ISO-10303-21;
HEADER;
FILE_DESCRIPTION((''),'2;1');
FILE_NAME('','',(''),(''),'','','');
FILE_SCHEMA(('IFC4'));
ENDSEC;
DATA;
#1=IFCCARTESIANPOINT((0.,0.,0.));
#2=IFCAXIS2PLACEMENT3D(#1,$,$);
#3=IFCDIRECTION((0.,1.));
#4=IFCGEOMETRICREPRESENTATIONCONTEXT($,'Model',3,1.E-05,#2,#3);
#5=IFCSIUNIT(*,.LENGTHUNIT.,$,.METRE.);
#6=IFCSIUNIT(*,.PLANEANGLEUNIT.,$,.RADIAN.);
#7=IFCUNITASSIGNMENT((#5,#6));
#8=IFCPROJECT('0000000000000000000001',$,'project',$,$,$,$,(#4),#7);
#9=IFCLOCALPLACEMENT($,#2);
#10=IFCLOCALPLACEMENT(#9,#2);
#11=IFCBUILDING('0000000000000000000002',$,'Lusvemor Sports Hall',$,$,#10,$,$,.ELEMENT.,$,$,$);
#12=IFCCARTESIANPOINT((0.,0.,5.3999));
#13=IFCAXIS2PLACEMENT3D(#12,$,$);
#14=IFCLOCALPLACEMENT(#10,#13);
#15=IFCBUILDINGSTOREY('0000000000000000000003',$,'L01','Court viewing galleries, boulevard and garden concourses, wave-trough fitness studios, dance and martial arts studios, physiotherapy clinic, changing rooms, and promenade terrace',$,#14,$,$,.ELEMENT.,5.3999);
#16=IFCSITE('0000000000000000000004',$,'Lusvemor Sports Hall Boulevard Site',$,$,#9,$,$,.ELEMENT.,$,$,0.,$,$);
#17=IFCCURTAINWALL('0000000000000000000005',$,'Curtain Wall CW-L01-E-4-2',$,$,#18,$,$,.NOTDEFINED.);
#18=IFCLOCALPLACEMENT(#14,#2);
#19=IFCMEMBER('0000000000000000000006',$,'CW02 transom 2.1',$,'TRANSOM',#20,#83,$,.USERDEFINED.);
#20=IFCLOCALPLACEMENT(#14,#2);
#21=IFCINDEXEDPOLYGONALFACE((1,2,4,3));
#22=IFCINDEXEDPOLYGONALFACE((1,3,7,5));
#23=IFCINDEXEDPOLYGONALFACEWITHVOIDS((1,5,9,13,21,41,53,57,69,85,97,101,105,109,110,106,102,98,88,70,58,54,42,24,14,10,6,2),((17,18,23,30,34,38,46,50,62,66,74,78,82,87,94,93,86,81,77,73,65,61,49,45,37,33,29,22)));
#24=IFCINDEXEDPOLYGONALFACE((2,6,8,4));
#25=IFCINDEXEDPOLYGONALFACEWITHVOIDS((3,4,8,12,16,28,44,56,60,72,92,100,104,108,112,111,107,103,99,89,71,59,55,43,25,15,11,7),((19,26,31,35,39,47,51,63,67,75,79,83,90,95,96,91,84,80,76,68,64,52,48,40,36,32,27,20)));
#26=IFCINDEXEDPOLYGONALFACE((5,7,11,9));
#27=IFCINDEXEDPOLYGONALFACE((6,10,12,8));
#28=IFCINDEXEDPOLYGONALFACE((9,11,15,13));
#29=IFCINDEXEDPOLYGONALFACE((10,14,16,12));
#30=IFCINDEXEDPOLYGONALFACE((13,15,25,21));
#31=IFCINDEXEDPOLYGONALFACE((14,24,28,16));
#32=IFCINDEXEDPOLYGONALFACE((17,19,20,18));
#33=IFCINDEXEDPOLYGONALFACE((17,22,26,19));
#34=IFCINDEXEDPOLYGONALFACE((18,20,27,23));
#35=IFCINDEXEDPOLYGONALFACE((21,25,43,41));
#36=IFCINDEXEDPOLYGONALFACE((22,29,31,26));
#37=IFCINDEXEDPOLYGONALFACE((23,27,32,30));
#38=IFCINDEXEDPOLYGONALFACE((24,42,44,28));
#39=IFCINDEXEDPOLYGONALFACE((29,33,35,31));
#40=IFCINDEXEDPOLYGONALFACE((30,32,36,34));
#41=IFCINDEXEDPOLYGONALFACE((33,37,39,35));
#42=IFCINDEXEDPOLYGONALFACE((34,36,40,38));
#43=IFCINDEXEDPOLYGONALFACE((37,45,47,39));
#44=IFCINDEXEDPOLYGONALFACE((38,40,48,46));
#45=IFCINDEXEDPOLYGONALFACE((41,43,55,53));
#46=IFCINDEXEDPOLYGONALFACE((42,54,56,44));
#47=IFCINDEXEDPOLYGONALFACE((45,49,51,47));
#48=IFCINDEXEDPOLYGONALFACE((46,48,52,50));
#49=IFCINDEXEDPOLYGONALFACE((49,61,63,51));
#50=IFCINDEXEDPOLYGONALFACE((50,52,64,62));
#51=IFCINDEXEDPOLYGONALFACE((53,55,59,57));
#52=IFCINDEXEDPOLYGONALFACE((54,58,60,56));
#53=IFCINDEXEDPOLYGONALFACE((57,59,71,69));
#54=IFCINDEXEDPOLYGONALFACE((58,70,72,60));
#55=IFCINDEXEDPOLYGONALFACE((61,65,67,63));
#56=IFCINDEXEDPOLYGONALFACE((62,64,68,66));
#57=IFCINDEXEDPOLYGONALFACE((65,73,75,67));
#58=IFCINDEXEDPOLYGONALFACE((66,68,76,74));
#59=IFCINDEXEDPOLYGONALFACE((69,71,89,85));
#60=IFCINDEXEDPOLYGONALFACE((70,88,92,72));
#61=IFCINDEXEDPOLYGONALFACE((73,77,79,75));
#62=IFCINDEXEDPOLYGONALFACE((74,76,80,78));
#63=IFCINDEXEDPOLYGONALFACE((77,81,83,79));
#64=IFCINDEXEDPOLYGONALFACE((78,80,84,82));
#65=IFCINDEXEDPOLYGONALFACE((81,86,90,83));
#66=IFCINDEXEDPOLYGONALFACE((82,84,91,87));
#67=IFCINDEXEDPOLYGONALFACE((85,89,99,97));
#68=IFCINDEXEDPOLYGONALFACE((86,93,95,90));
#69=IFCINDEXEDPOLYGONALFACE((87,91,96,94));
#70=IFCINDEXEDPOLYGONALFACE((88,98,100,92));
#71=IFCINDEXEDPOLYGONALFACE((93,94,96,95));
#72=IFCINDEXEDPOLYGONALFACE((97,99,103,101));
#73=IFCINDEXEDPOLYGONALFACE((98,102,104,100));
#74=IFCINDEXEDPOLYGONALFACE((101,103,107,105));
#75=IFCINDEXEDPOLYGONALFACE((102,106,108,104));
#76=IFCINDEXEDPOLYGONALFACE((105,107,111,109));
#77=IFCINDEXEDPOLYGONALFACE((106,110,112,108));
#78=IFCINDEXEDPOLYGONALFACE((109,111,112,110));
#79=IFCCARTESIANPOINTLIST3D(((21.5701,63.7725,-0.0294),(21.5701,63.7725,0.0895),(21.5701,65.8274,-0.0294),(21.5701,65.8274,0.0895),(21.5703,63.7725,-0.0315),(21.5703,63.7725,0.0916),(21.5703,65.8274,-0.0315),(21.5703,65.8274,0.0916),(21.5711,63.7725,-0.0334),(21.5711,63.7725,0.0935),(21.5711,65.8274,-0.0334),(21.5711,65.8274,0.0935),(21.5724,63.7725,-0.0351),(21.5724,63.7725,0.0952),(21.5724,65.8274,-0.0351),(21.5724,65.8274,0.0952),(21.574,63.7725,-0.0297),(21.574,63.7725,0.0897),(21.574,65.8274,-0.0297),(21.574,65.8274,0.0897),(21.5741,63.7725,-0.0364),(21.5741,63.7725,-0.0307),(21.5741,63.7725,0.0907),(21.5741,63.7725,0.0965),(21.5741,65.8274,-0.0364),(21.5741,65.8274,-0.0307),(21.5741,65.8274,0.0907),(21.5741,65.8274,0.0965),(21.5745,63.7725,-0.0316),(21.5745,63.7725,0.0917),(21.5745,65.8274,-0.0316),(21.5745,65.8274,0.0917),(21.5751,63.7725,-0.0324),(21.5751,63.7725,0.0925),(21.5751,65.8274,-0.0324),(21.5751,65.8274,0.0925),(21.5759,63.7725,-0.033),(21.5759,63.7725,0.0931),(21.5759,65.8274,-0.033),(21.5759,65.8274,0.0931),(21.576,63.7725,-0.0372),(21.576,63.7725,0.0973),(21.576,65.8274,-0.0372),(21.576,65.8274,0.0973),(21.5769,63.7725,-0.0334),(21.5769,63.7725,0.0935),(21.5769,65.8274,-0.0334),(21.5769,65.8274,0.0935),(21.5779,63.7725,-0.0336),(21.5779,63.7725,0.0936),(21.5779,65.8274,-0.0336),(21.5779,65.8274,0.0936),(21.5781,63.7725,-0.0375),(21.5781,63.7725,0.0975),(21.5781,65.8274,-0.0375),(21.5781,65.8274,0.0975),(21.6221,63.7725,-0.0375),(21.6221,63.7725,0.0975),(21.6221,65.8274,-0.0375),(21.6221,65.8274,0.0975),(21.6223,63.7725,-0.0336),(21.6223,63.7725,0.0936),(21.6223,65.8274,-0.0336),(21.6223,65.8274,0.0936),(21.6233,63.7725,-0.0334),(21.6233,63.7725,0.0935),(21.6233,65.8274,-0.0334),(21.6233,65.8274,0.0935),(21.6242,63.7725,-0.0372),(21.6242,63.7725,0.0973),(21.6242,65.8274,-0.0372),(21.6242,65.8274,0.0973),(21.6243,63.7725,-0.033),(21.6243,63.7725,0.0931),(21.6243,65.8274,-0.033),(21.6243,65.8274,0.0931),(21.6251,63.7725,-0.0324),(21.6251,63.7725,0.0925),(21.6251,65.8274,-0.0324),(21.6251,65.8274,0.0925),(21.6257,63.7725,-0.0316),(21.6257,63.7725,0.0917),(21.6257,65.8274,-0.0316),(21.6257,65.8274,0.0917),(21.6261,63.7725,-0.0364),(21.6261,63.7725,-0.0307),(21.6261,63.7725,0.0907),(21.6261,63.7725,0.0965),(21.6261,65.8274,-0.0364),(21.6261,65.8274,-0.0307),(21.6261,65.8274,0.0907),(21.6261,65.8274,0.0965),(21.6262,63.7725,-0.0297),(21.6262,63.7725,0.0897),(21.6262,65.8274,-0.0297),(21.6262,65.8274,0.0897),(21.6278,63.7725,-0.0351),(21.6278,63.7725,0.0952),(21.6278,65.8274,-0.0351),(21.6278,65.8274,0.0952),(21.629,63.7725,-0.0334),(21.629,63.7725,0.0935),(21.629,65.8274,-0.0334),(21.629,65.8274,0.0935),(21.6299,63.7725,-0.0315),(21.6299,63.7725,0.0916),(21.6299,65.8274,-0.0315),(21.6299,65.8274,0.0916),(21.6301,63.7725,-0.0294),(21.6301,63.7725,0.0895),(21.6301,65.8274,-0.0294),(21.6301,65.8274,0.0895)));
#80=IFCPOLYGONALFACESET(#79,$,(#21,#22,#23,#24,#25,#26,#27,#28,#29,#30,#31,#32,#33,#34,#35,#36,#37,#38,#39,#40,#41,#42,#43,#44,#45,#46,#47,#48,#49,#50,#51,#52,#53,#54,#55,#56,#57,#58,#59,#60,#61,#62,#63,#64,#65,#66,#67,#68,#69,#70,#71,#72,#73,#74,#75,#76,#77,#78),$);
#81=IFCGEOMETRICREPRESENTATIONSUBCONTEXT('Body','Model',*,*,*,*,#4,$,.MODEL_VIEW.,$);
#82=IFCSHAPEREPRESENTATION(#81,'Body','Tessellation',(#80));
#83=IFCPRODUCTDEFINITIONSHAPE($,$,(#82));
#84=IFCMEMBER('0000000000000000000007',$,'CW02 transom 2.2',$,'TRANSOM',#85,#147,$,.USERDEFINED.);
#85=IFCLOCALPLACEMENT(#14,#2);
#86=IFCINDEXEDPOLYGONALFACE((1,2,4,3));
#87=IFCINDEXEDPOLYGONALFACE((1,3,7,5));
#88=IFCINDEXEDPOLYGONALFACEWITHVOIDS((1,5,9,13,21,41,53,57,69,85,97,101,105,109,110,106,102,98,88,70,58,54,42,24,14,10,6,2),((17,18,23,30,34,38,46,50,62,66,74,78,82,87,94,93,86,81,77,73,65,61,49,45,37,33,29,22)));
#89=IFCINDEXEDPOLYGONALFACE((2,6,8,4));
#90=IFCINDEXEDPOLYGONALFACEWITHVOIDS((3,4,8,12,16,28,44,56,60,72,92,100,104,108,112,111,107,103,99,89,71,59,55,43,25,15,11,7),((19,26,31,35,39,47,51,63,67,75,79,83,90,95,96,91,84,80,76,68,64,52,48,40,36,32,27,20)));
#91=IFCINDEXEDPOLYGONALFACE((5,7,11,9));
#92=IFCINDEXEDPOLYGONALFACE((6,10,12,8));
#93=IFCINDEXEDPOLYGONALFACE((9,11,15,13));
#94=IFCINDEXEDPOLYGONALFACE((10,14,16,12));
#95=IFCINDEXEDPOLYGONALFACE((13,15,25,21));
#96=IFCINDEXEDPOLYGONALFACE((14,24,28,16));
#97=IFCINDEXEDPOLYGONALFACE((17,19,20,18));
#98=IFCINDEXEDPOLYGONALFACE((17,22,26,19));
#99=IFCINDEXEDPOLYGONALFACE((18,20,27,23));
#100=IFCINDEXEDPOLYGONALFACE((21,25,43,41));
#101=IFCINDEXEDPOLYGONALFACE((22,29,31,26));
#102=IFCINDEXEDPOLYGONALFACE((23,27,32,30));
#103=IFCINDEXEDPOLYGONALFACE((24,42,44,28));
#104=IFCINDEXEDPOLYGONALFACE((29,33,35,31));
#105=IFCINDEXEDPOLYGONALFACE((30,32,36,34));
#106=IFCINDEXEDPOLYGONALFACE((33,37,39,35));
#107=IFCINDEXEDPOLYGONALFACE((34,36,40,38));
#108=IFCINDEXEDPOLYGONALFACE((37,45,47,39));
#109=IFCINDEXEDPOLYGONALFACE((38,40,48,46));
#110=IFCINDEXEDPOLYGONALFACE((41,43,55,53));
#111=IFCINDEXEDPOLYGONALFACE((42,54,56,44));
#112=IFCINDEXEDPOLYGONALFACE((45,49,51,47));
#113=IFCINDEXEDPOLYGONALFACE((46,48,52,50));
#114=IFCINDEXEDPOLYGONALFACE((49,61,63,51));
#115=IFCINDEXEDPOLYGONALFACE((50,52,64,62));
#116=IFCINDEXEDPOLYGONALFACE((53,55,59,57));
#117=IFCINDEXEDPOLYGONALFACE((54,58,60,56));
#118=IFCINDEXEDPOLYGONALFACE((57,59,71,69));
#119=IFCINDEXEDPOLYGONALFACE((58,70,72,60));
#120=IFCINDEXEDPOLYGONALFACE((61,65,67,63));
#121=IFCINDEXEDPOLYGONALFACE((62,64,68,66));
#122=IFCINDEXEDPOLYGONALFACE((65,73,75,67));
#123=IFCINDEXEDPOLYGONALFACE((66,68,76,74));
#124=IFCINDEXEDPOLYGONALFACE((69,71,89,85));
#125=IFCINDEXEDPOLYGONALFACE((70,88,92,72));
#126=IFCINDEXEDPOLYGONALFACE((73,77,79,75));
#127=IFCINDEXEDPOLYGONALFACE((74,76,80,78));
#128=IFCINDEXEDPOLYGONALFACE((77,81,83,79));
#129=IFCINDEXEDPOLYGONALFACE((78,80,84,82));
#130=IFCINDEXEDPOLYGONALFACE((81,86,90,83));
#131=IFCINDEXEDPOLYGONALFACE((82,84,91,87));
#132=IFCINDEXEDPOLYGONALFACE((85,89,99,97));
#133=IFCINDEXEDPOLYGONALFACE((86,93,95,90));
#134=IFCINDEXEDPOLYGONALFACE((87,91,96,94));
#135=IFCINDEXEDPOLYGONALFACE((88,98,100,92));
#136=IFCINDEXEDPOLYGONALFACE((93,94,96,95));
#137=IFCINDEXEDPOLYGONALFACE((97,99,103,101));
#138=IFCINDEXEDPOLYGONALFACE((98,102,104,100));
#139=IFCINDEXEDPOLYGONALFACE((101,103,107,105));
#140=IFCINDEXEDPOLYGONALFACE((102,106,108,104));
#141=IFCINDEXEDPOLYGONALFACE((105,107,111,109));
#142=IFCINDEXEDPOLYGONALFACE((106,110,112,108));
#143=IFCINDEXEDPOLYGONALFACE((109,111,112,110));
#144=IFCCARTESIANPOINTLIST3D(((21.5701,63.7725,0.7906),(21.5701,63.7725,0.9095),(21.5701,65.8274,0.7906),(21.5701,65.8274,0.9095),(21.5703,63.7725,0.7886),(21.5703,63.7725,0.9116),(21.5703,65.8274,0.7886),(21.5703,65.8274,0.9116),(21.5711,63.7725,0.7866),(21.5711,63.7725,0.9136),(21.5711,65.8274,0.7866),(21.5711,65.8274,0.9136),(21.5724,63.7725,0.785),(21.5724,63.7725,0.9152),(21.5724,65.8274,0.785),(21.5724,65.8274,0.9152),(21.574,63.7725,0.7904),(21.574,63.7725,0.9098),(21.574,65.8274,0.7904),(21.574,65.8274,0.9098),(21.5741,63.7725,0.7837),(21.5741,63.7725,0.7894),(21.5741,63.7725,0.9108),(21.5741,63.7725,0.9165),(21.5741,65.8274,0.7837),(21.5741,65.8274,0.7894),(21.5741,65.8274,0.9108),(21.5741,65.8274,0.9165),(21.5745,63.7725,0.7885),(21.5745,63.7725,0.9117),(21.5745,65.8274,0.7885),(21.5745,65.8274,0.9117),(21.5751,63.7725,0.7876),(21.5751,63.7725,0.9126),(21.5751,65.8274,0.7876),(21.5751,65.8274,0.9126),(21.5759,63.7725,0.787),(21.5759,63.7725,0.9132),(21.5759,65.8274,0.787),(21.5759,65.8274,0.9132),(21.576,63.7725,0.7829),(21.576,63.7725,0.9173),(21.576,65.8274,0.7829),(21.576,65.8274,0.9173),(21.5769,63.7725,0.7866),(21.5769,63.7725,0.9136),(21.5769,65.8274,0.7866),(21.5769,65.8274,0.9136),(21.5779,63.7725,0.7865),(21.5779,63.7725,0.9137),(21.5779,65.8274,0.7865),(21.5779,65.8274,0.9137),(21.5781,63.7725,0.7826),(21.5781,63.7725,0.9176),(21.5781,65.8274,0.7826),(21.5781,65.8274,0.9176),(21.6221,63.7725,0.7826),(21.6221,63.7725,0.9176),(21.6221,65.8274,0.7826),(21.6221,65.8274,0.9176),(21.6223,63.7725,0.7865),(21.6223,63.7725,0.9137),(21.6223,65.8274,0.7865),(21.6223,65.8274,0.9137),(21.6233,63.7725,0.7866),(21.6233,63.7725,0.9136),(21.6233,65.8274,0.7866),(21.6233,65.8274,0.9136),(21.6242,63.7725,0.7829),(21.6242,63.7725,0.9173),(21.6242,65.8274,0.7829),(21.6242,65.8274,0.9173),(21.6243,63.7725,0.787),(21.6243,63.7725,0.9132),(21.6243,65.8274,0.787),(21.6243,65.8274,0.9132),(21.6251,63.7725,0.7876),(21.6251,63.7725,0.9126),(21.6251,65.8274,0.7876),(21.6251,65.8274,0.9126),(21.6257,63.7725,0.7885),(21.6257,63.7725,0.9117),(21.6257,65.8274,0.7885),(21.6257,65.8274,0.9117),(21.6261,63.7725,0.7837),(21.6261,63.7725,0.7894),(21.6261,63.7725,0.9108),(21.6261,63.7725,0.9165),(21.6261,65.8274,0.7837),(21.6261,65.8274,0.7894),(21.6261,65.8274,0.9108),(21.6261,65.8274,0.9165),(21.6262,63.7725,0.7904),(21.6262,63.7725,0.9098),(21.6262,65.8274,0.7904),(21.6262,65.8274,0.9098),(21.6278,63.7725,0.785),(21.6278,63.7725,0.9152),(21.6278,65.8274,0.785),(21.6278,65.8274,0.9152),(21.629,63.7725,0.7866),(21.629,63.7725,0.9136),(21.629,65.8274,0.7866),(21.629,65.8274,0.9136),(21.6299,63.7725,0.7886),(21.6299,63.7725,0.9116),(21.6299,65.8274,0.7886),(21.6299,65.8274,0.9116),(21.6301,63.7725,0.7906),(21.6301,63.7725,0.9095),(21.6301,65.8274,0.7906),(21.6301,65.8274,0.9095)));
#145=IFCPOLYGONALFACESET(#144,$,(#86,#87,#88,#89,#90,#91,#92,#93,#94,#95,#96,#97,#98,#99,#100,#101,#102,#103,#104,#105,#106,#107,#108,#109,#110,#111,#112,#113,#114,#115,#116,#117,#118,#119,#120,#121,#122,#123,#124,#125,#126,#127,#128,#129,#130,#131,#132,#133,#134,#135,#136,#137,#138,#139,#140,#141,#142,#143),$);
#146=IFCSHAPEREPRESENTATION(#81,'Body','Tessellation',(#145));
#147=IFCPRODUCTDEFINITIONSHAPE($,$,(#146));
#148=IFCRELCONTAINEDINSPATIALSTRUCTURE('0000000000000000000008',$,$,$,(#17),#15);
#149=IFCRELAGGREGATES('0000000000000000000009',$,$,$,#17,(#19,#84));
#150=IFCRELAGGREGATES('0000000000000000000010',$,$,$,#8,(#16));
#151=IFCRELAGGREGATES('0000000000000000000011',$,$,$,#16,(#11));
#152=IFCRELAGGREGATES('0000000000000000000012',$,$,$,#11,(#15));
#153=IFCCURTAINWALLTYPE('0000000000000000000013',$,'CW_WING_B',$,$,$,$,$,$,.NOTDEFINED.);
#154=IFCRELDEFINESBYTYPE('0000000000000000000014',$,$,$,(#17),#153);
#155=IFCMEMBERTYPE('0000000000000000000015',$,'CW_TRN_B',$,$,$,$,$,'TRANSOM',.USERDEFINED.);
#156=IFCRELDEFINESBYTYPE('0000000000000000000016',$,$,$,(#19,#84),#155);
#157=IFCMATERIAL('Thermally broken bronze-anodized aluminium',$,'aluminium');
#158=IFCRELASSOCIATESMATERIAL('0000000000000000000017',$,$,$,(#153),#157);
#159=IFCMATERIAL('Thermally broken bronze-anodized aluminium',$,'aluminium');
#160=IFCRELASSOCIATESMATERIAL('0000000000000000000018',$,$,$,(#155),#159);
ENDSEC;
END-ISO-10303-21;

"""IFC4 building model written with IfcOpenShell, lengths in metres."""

from ifc_helpers import new_model, si_unit, direction, frame, origin, origin_2d, place, context, subcontext, project, spatial, hollow_rectangle, extrude, material, material_profile, profile_set, type_object, element, aggregate, save


model = new_model("IFC4")

# Units and contexts
model_context = context("Model", 3, precision=1e-05, world=origin(), true_north=direction((0.0, 1.0)))
body_context = subcontext(model_context, "Body", "Model", "MODEL_VIEW")
ifc_project = project(units=[si_unit("LENGTHUNIT", "METRE"), si_unit("PLANEANGLEUNIT", "RADIAN")], contexts=[model_context])

# Site, building, storey
site_placement = place(None, origin())
site = spatial("IfcSite", under=ifc_project, at=site_placement, Name="Lusvemor Sports Hall Boulevard Site", CompositionType="ELEMENT", RefElevation=0.0)
building_placement = place(site_placement, origin())
building = spatial("IfcBuilding", under=site, at=building_placement, Name="Lusvemor Sports Hall", CompositionType="ELEMENT")
storey_placement = place(building_placement, frame((0.0, 0.0, 5.3999)))
storey = spatial("IfcBuildingStorey", under=building, at=storey_placement, Name="L01", Description="Court viewing galleries, boulevard and garden concourses, wave-trough fitness studios, dance and martial arts studios, physiotherapy clinic, changing rooms, and promenade terrace", CompositionType="ELEMENT", Elevation=5.3999)

# Curtain wall, members
ifc_material_1 = material(Name="Thermally broken bronze-anodized aluminium", Category="aluminium")
curtain_wall_type = type_object("IfcCurtainWallType", Name="CW_WING_B", PredefinedType="NOTDEFINED", material=ifc_material_1)
curtain_wall_placement = place(storey_placement, origin())
curtain_wall = element("IfcCurtainWall", 1, at=curtain_wall_placement, inside=storey, type_object=curtain_wall_type, Name="Curtain Wall CW-L01-E-4-2", PredefinedType="NOTDEFINED")
ifc_material_2 = material(Name="Thermally broken bronze-anodized aluminium", Category="aluminium")
ifc_material_profile_1 = material_profile(ifc_material_2, hollow_rectangle(XDim=0.0601, YDim=0.135, WallThickness=0.0039, InnerFilletRadius=0.0039, OuterFilletRadius=0.0081, at=origin_2d()), Name="CWTRN135x60x4")
ifc_profile_set_1 = profile_set([ifc_material_profile_1], Name="Thermally broken bronze-anodized aluminium")
member_type_1 = type_object("IfcMemberType", Name="CW_TRN_B", ElementType="TRANSOM", PredefinedType="USERDEFINED", material=ifc_profile_set_1)
member_1_placement = place(storey_placement, frame((21.6001, 65.8274, 0.03), z_axis=(0.0, -1.0, 0.0), x_axis=(1.0, 0.0, 0.0)))
member_1 = element("IfcMember", 2, at=member_1_placement, type_object=member_type_1, Name="CW02 transom 2.1", ObjectType="TRANSOM", PredefinedType="USERDEFINED", context=body_context, shape_type="SweptSolid", body=[
    extrude(hollow_rectangle(XDim=0.0601, YDim=0.135, WallThickness=0.0039, InnerFilletRadius=0.0039, OuterFilletRadius=0.0081, at=origin_2d()), origin(), (0.0, 0.0, 1.0), 2.0549),
])
member_2_placement = place(storey_placement, frame((21.6001, 65.8274, 0.8501), z_axis=(0.0, -1.0, 0.0), x_axis=(1.0, 0.0, 0.0)))
member_2 = element("IfcMember", 3, at=member_2_placement, type_object=member_type_1, Name="CW02 transom 2.2", ObjectType="TRANSOM", PredefinedType="USERDEFINED", context=body_context, shape_type="SweptSolid", body=[
    extrude(hollow_rectangle(XDim=0.0601, YDim=0.135, WallThickness=0.0039, InnerFilletRadius=0.0039, OuterFilletRadius=0.0081, at=origin_2d()), origin(), (0.0, 0.0, 1.0), 2.0549),
])

aggregate(curtain_wall, [member_1, member_2])

save(model, "model.ifc")
